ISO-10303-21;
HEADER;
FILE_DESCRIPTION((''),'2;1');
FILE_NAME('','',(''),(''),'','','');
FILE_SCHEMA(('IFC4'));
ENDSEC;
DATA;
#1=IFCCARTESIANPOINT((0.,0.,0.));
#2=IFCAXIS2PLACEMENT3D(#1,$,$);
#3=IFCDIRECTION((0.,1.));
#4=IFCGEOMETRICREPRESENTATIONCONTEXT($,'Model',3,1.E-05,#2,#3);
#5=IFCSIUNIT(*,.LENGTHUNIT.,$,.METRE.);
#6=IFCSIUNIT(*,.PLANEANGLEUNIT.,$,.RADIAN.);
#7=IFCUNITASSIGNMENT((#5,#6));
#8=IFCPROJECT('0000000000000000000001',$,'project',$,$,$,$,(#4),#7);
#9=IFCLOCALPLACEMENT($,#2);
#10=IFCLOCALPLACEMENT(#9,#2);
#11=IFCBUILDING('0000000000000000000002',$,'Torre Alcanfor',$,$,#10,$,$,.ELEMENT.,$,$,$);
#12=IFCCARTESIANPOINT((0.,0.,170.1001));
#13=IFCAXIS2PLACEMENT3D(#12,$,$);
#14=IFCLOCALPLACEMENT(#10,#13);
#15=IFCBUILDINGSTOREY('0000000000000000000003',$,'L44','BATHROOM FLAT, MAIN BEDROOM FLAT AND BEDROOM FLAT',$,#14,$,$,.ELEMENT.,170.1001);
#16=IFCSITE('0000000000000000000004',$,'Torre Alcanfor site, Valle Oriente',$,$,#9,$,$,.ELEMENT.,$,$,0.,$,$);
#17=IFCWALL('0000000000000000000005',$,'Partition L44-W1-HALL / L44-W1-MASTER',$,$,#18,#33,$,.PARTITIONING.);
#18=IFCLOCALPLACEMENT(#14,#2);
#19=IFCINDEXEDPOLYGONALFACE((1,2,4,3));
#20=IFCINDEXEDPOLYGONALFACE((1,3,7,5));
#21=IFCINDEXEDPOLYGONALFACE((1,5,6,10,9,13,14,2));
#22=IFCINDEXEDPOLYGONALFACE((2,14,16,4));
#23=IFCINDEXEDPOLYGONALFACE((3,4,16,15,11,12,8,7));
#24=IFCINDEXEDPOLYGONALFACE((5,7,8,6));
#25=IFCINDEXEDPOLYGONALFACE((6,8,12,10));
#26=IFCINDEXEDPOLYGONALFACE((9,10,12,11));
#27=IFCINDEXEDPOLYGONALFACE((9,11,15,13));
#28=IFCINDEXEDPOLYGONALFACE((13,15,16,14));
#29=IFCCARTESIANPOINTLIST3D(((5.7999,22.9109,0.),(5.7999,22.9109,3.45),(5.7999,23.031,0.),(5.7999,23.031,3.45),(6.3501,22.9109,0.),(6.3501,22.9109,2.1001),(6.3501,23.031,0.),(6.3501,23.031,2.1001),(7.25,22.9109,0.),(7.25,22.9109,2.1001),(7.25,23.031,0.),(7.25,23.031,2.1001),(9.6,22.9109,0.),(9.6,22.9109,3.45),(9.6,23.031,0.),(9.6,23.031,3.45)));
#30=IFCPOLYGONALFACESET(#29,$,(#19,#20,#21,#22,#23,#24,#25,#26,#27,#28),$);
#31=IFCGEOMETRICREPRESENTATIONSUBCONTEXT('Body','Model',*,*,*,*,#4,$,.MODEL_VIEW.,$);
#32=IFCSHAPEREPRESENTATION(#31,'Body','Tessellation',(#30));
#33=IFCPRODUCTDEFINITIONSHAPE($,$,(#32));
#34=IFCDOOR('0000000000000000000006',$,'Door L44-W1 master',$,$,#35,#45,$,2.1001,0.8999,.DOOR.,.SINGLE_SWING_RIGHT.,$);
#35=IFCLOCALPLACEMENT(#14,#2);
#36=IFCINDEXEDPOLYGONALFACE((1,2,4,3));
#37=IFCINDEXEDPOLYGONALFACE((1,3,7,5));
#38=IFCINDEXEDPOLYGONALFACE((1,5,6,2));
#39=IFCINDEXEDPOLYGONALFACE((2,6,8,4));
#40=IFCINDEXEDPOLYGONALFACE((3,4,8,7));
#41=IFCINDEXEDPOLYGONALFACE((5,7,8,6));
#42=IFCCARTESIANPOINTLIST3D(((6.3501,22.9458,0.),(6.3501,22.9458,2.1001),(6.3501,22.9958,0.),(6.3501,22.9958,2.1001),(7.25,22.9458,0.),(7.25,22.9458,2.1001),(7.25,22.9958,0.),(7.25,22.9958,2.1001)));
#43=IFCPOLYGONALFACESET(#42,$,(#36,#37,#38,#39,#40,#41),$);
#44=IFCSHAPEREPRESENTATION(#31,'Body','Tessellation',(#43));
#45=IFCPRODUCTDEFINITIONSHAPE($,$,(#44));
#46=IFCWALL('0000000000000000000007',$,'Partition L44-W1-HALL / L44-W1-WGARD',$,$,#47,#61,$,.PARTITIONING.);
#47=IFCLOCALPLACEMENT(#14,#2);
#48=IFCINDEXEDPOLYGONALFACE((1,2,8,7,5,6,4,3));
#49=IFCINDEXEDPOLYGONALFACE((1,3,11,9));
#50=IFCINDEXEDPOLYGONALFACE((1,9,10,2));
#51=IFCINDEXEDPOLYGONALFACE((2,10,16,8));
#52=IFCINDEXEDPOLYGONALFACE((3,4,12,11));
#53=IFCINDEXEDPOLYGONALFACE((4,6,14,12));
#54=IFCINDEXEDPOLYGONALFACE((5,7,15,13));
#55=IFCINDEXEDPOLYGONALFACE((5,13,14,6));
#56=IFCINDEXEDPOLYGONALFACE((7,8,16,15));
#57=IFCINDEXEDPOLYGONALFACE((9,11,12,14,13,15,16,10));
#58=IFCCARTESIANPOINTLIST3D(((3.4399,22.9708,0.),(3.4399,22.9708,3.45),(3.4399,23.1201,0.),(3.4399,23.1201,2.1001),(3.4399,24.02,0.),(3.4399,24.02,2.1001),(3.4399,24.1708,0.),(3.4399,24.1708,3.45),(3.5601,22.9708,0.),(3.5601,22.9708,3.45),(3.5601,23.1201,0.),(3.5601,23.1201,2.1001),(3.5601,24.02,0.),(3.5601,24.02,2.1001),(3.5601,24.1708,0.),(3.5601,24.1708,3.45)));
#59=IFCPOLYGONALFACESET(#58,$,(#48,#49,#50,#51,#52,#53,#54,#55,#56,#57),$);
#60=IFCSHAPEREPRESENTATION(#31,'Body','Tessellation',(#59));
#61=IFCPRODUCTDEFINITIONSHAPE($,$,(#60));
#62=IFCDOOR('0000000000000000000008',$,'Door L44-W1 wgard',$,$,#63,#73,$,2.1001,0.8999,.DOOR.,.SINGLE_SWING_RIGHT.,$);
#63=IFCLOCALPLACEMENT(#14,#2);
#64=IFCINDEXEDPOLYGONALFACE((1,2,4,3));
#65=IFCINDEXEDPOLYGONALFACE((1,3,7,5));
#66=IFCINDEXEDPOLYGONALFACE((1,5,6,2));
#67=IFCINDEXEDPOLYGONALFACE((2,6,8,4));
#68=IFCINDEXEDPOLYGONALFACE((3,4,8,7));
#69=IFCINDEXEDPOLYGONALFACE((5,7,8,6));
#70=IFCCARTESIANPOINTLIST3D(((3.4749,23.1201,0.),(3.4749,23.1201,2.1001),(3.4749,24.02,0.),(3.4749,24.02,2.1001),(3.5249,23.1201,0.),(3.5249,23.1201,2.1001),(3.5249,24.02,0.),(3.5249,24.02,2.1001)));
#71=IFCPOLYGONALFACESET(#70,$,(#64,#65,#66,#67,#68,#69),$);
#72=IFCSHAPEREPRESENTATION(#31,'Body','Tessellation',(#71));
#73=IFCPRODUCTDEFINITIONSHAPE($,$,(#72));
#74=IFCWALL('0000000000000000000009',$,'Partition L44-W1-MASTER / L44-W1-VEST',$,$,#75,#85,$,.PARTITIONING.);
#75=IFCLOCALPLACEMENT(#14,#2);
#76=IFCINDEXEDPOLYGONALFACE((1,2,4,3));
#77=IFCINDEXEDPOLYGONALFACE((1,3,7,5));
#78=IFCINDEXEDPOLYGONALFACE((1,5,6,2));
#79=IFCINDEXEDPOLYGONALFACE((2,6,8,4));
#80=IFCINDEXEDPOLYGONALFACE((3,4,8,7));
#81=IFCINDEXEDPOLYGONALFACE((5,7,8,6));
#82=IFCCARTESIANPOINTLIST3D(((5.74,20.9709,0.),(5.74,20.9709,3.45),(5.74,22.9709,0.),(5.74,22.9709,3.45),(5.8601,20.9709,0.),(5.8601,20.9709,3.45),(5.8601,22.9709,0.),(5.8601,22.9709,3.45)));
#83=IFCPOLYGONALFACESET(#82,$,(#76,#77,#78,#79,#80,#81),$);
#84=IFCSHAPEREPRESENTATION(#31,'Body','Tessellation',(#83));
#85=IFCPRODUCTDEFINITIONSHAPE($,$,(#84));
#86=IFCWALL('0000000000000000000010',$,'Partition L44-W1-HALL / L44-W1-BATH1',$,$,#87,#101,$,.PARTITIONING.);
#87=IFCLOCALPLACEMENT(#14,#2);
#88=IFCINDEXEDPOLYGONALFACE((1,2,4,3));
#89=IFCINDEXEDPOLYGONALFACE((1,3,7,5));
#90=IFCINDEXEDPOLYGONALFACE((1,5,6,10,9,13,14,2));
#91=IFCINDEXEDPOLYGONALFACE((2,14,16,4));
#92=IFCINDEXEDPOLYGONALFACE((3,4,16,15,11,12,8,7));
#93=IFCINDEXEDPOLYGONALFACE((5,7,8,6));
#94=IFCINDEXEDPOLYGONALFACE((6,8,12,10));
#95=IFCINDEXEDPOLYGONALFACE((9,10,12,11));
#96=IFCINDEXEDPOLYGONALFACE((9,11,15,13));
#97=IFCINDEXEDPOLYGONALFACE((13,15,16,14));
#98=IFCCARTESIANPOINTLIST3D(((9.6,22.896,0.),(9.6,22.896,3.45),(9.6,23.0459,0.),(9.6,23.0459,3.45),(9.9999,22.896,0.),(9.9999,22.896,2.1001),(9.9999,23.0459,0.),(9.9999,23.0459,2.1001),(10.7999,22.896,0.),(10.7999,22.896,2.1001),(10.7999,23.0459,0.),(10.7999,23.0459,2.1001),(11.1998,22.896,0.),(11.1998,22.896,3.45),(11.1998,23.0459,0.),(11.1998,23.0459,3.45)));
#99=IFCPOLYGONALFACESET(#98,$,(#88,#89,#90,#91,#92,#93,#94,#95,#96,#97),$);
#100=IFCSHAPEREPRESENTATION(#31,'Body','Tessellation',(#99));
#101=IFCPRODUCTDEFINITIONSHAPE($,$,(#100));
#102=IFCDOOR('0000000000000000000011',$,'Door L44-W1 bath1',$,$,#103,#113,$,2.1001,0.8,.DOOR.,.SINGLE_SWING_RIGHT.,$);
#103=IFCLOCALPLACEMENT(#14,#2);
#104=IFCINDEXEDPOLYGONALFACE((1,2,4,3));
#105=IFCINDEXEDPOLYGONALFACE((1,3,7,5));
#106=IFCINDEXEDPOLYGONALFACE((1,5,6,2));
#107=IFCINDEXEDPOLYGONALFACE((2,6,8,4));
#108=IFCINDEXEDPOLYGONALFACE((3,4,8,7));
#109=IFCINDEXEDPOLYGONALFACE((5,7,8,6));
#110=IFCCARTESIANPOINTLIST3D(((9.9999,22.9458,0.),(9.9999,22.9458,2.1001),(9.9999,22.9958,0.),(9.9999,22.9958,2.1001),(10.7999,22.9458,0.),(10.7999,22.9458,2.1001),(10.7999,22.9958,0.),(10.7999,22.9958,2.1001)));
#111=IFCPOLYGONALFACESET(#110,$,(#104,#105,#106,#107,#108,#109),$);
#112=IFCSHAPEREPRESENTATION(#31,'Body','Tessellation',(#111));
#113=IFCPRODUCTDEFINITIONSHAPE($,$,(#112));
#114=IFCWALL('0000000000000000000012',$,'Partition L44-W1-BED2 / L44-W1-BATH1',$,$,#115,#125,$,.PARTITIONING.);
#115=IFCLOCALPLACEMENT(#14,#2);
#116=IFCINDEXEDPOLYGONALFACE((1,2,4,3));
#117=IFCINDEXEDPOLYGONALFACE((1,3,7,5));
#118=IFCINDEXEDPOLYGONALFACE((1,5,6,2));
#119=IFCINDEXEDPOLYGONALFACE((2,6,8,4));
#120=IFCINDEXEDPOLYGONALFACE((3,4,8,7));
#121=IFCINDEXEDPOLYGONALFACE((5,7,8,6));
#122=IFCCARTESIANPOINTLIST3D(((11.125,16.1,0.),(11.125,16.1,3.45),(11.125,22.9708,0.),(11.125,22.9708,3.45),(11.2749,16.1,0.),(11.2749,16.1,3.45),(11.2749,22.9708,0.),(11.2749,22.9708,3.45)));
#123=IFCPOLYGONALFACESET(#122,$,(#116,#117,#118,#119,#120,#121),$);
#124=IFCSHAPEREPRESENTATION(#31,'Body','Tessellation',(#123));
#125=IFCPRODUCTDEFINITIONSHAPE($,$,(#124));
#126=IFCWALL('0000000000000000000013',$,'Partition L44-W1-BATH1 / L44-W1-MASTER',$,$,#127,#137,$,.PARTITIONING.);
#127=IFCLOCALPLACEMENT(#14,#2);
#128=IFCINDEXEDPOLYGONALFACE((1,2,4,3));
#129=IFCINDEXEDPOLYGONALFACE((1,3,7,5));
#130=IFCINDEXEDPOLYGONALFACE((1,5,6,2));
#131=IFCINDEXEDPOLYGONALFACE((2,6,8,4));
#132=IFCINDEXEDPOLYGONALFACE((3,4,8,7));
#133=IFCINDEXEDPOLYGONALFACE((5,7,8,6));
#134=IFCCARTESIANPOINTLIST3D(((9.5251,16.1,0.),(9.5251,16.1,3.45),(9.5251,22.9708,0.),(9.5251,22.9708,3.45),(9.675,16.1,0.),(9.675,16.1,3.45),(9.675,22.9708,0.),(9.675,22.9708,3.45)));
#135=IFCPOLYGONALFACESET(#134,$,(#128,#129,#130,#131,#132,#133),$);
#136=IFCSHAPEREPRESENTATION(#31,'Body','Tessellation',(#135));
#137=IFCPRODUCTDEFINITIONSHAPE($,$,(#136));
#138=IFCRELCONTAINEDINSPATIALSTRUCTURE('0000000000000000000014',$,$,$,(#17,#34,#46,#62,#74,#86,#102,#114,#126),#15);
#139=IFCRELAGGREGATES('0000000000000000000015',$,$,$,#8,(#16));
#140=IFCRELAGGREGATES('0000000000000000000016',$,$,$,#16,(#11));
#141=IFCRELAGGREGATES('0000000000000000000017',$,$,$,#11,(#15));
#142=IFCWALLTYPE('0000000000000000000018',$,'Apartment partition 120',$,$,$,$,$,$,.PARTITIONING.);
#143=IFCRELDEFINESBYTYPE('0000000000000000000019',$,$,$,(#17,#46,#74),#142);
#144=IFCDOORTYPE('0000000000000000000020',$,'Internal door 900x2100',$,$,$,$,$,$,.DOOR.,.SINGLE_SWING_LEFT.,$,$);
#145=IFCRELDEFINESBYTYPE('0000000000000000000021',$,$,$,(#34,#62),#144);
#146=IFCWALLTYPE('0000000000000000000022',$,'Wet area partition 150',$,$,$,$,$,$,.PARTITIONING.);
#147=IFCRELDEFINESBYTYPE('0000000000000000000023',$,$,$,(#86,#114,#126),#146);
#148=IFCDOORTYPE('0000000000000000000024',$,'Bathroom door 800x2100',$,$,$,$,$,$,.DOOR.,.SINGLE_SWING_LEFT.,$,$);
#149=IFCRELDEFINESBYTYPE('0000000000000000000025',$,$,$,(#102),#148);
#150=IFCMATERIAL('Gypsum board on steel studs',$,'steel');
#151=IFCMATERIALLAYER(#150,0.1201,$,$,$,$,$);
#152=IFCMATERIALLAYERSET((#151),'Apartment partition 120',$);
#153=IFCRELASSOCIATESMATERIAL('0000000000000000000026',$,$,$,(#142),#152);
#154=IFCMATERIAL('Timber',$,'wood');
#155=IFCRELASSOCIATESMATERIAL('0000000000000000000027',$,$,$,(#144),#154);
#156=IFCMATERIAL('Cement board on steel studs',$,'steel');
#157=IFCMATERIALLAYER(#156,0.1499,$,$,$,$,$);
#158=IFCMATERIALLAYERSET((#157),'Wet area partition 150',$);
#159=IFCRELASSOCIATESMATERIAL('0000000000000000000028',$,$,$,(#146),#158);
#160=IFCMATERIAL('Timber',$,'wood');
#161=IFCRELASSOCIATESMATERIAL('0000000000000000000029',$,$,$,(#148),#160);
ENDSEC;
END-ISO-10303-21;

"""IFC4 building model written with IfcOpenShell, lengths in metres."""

from ifc_helpers import new_model, si_unit, direction, frame, frame_2d, origin, place, context, subcontext, project, spatial, rectangle, extrude, material, layer, layer_set, type_object, element, fill, save


model = new_model("IFC4")

# Units and contexts
model_context = context("Model", 3, precision=1e-05, world=origin(), true_north=direction((0.0, 1.0)))
body_context = subcontext(model_context, "Body", "Model", "MODEL_VIEW")
ifc_project = project(units=[si_unit("LENGTHUNIT", "METRE"), si_unit("PLANEANGLEUNIT", "RADIAN")], contexts=[model_context])

# Site, building, storey
site_placement = place(None, origin())
site = spatial("IfcSite", under=ifc_project, at=site_placement, Name="Torre Alcanfor site, Valle Oriente", CompositionType="ELEMENT", RefElevation=0.0)
building_placement = place(site_placement, origin())
building = spatial("IfcBuilding", under=site, at=building_placement, Name="Torre Alcanfor", CompositionType="ELEMENT")
storey_placement = place(building_placement, frame((0.0, 0.0, 170.1001)))
storey = spatial("IfcBuildingStorey", under=building, at=storey_placement, Name="L44", Description="BATHROOM FLAT, MAIN BEDROOM FLAT AND BEDROOM FLAT", CompositionType="ELEMENT", Elevation=170.1001)

# Shared definitions
ifc_material_1 = material(Name="Gypsum board on steel studs", Category="steel")
ifc_layer_1 = layer(ifc_material_1, 0.1201)
ifc_layer_set_1 = layer_set([ifc_layer_1], Name="Apartment partition 120")
wall_type_1 = type_object("IfcWallType", Name="Apartment partition 120", PredefinedType="PARTITIONING", material=ifc_layer_set_1)
ifc_material_2 = material(Name="Timber", Category="wood")
door_type_1 = type_object("IfcDoorType", Name="Internal door 900x2100", OperationType="SINGLE_SWING_LEFT", PredefinedType="DOOR", material=ifc_material_2)

# Walls, openings, doors
wall_1_placement = place(storey_placement, frame((5.8, 22.9709, 0.0), z_axis=(0.0, 0.0, 1.0), x_axis=(1.0, 0.0, 0.0)))
wall_1 = element("IfcWall", 1, at=wall_1_placement, inside=storey, type_object=wall_type_1, Name="Partition L44-W1-HALL / L44-W1-MASTER", PredefinedType="PARTITIONING", context=body_context, shape_type="SweptSolid", body=[
    extrude(rectangle(XDim=3.8, YDim=0.1201, at=frame_2d((1.8999, 0.0))), origin(), (0.0, 0.0, 1.0), 3.45),
])
opening_1_placement = place(wall_1_placement, frame((0.55, 0.0, 0.0)))
opening_1 = element("IfcOpeningElement", 2, at=opening_1_placement, cuts=wall_1, PredefinedType="OPENING", context=body_context, shape_type="SweptSolid", body=[
    extrude(rectangle(XDim=0.8999, YDim=2.1001, at=frame_2d((0.45, 1.05))), frame((0.0, 0.0701, 0.0), z_axis=(0.0, -1.0, 0.0), x_axis=(1.0, 0.0, 0.0)), (0.0, 0.0, 1.0), 0.1401),
])
door_1_placement = place(opening_1_placement, frame((0.8999, 0.0, 0.0), z_axis=(0.0, 0.0, 1.0), x_axis=(-1.0, 0.0, 0.0)))
door_1 = element("IfcDoor", 3, at=door_1_placement, inside=storey, type_object=door_type_1, Name="Door L44-W1 master", OperationType="SINGLE_SWING_RIGHT", OverallHeight=2.1001, OverallWidth=0.8999, PredefinedType="DOOR", context=body_context, shape_type="SweptSolid", body=[
    extrude(rectangle(XDim=0.8999, YDim=2.1001, at=frame_2d((0.45, 1.05))), frame((0.0, 0.0251, 0.0), z_axis=(0.0, -1.0, 0.0), x_axis=(1.0, 0.0, 0.0)), (0.0, 0.0, 1.0), 0.05),
])
fill(opening_1, door_1)
wall_2_placement = place(storey_placement, frame((3.5, 24.1709, 0.0), z_axis=(0.0, 0.0, 1.0), x_axis=(0.0, -1.0, 0.0)))
wall_2 = element("IfcWall", 4, at=wall_2_placement, inside=storey, type_object=wall_type_1, Name="Partition L44-W1-HALL / L44-W1-WGARD", PredefinedType="PARTITIONING", context=body_context, shape_type="SweptSolid", body=[
    extrude(rectangle(XDim=1.2, YDim=0.1201, at=frame_2d((0.6001, 0.0))), origin(), (0.0, 0.0, 1.0), 3.45),
])
opening_2_placement = place(wall_2_placement, frame((0.1509, 0.0, 0.0)))
opening_2 = element("IfcOpeningElement", 5, at=opening_2_placement, cuts=wall_2, PredefinedType="OPENING", context=body_context, shape_type="SweptSolid", body=[
    extrude(rectangle(XDim=0.8999, YDim=2.1001, at=frame_2d((0.45, 1.05))), frame((0.0, 0.0701, 0.0), z_axis=(0.0, -1.0, 0.0), x_axis=(1.0, 0.0, 0.0)), (0.0, 0.0, 1.0), 0.1401),
])
door_2_placement = place(opening_2_placement, frame((0.8999, 0.0, 0.0), z_axis=(0.0, 0.0, 1.0), x_axis=(-1.0, 0.0, 0.0)))
door_2 = element("IfcDoor", 6, at=door_2_placement, inside=storey, type_object=door_type_1, Name="Door L44-W1 wgard", OperationType="SINGLE_SWING_RIGHT", OverallHeight=2.1001, OverallWidth=0.8999, PredefinedType="DOOR", context=body_context, shape_type="SweptSolid", body=[
    extrude(rectangle(XDim=0.8999, YDim=2.1001, at=frame_2d((0.45, 1.05))), frame((0.0, 0.0251, 0.0), z_axis=(0.0, -1.0, 0.0), x_axis=(1.0, 0.0, 0.0)), (0.0, 0.0, 1.0), 0.05),
])
fill(opening_2, door_2)

# Wall
wall_3_placement = place(storey_placement, frame((5.8, 20.9709, 0.0), z_axis=(0.0, 0.0, 1.0), x_axis=(0.0, 1.0, 0.0)))
element("IfcWall", 7, at=wall_3_placement, inside=storey, type_object=wall_type_1, Name="Partition L44-W1-MASTER / L44-W1-VEST", PredefinedType="PARTITIONING", context=body_context, shape_type="SweptSolid", body=[
    extrude(rectangle(XDim=2.0, YDim=0.1201, at=frame_2d((1.0, 0.0))), origin(), (0.0, 0.0, 1.0), 3.45),
])

# Wall, opening, door
ifc_material_3 = material(Name="Cement board on steel studs", Category="steel")
ifc_layer_2 = layer(ifc_material_3, 0.1499)
ifc_layer_set_2 = layer_set([ifc_layer_2], Name="Wet area partition 150")
wall_type_2 = type_object("IfcWallType", Name="Wet area partition 150", PredefinedType="PARTITIONING", material=ifc_layer_set_2)
wall_4_placement = place(storey_placement, frame((9.6001, 22.9709, 0.0), z_axis=(0.0, 0.0, 1.0), x_axis=(1.0, 0.0, 0.0)))
wall_4 = element("IfcWall", 8, at=wall_4_placement, inside=storey, type_object=wall_type_2, Name="Partition L44-W1-HALL / L44-W1-BATH1", PredefinedType="PARTITIONING", context=body_context, shape_type="SweptSolid", body=[
    extrude(rectangle(XDim=1.5999, YDim=0.1499, at=frame_2d((0.7998, 0.0))), origin(), (0.0, 0.0, 1.0), 3.45),
])
opening_3_placement = place(wall_4_placement, frame((0.3999, 0.0, 0.0)))
opening_3 = element("IfcOpeningElement", 9, at=opening_3_placement, cuts=wall_4, PredefinedType="OPENING", context=body_context, shape_type="SweptSolid", body=[
    extrude(rectangle(XDim=0.8, YDim=2.1001, at=frame_2d((0.3999, 1.05))), frame((0.0, 0.085, 0.0), z_axis=(0.0, -1.0, 0.0), x_axis=(1.0, 0.0, 0.0)), (0.0, 0.0, 1.0), 0.1699),
])
ifc_material_4 = material(Name="Timber", Category="wood")
door_type_2 = type_object("IfcDoorType", Name="Bathroom door 800x2100", OperationType="SINGLE_SWING_LEFT", PredefinedType="DOOR", material=ifc_material_4)
door_3_placement = place(opening_3_placement, frame((0.8, 0.0, 0.0), z_axis=(0.0, 0.0, 1.0), x_axis=(-1.0, 0.0, 0.0)))
door_3 = element("IfcDoor", 10, at=door_3_placement, inside=storey, type_object=door_type_2, Name="Door L44-W1 bath1", OperationType="SINGLE_SWING_RIGHT", OverallHeight=2.1001, OverallWidth=0.8, PredefinedType="DOOR", context=body_context, shape_type="SweptSolid", body=[
    extrude(rectangle(XDim=0.8, YDim=2.1001, at=frame_2d((0.4001, 1.05))), frame((0.0, 0.0251, 0.0), z_axis=(0.0, -1.0, 0.0), x_axis=(1.0, 0.0, 0.0)), (0.0, 0.0, 1.0), 0.05),
])
fill(opening_3, door_3)

# Walls
for number, where, z_axis, x_axis, name in (
    (11, (11.2, 22.9709, 0.0), (0.0, 0.0, 1.0), (0.0, -1.0, 0.0), "Partition L44-W1-BED2 / L44-W1-BATH1"),
    (12, (9.6001, 22.9709, 0.0), (0.0, 0.0, 1.0), (0.0, -1.0, 0.0), "Partition L44-W1-BATH1 / L44-W1-MASTER"),
):
    element("IfcWall", number, at=place(storey_placement, frame(where, z_axis=z_axis, x_axis=x_axis)), inside=storey, type_object=wall_type_2, Name=name, PredefinedType="PARTITIONING", context=body_context, shape_type="SweptSolid", body=[
        extrude(rectangle(XDim=6.8708, YDim=0.1499, at=frame_2d((3.4355, 0.0))), origin(), (0.0, 0.0, 1.0), 3.45),
    ])

save(model, "model.ifc")
